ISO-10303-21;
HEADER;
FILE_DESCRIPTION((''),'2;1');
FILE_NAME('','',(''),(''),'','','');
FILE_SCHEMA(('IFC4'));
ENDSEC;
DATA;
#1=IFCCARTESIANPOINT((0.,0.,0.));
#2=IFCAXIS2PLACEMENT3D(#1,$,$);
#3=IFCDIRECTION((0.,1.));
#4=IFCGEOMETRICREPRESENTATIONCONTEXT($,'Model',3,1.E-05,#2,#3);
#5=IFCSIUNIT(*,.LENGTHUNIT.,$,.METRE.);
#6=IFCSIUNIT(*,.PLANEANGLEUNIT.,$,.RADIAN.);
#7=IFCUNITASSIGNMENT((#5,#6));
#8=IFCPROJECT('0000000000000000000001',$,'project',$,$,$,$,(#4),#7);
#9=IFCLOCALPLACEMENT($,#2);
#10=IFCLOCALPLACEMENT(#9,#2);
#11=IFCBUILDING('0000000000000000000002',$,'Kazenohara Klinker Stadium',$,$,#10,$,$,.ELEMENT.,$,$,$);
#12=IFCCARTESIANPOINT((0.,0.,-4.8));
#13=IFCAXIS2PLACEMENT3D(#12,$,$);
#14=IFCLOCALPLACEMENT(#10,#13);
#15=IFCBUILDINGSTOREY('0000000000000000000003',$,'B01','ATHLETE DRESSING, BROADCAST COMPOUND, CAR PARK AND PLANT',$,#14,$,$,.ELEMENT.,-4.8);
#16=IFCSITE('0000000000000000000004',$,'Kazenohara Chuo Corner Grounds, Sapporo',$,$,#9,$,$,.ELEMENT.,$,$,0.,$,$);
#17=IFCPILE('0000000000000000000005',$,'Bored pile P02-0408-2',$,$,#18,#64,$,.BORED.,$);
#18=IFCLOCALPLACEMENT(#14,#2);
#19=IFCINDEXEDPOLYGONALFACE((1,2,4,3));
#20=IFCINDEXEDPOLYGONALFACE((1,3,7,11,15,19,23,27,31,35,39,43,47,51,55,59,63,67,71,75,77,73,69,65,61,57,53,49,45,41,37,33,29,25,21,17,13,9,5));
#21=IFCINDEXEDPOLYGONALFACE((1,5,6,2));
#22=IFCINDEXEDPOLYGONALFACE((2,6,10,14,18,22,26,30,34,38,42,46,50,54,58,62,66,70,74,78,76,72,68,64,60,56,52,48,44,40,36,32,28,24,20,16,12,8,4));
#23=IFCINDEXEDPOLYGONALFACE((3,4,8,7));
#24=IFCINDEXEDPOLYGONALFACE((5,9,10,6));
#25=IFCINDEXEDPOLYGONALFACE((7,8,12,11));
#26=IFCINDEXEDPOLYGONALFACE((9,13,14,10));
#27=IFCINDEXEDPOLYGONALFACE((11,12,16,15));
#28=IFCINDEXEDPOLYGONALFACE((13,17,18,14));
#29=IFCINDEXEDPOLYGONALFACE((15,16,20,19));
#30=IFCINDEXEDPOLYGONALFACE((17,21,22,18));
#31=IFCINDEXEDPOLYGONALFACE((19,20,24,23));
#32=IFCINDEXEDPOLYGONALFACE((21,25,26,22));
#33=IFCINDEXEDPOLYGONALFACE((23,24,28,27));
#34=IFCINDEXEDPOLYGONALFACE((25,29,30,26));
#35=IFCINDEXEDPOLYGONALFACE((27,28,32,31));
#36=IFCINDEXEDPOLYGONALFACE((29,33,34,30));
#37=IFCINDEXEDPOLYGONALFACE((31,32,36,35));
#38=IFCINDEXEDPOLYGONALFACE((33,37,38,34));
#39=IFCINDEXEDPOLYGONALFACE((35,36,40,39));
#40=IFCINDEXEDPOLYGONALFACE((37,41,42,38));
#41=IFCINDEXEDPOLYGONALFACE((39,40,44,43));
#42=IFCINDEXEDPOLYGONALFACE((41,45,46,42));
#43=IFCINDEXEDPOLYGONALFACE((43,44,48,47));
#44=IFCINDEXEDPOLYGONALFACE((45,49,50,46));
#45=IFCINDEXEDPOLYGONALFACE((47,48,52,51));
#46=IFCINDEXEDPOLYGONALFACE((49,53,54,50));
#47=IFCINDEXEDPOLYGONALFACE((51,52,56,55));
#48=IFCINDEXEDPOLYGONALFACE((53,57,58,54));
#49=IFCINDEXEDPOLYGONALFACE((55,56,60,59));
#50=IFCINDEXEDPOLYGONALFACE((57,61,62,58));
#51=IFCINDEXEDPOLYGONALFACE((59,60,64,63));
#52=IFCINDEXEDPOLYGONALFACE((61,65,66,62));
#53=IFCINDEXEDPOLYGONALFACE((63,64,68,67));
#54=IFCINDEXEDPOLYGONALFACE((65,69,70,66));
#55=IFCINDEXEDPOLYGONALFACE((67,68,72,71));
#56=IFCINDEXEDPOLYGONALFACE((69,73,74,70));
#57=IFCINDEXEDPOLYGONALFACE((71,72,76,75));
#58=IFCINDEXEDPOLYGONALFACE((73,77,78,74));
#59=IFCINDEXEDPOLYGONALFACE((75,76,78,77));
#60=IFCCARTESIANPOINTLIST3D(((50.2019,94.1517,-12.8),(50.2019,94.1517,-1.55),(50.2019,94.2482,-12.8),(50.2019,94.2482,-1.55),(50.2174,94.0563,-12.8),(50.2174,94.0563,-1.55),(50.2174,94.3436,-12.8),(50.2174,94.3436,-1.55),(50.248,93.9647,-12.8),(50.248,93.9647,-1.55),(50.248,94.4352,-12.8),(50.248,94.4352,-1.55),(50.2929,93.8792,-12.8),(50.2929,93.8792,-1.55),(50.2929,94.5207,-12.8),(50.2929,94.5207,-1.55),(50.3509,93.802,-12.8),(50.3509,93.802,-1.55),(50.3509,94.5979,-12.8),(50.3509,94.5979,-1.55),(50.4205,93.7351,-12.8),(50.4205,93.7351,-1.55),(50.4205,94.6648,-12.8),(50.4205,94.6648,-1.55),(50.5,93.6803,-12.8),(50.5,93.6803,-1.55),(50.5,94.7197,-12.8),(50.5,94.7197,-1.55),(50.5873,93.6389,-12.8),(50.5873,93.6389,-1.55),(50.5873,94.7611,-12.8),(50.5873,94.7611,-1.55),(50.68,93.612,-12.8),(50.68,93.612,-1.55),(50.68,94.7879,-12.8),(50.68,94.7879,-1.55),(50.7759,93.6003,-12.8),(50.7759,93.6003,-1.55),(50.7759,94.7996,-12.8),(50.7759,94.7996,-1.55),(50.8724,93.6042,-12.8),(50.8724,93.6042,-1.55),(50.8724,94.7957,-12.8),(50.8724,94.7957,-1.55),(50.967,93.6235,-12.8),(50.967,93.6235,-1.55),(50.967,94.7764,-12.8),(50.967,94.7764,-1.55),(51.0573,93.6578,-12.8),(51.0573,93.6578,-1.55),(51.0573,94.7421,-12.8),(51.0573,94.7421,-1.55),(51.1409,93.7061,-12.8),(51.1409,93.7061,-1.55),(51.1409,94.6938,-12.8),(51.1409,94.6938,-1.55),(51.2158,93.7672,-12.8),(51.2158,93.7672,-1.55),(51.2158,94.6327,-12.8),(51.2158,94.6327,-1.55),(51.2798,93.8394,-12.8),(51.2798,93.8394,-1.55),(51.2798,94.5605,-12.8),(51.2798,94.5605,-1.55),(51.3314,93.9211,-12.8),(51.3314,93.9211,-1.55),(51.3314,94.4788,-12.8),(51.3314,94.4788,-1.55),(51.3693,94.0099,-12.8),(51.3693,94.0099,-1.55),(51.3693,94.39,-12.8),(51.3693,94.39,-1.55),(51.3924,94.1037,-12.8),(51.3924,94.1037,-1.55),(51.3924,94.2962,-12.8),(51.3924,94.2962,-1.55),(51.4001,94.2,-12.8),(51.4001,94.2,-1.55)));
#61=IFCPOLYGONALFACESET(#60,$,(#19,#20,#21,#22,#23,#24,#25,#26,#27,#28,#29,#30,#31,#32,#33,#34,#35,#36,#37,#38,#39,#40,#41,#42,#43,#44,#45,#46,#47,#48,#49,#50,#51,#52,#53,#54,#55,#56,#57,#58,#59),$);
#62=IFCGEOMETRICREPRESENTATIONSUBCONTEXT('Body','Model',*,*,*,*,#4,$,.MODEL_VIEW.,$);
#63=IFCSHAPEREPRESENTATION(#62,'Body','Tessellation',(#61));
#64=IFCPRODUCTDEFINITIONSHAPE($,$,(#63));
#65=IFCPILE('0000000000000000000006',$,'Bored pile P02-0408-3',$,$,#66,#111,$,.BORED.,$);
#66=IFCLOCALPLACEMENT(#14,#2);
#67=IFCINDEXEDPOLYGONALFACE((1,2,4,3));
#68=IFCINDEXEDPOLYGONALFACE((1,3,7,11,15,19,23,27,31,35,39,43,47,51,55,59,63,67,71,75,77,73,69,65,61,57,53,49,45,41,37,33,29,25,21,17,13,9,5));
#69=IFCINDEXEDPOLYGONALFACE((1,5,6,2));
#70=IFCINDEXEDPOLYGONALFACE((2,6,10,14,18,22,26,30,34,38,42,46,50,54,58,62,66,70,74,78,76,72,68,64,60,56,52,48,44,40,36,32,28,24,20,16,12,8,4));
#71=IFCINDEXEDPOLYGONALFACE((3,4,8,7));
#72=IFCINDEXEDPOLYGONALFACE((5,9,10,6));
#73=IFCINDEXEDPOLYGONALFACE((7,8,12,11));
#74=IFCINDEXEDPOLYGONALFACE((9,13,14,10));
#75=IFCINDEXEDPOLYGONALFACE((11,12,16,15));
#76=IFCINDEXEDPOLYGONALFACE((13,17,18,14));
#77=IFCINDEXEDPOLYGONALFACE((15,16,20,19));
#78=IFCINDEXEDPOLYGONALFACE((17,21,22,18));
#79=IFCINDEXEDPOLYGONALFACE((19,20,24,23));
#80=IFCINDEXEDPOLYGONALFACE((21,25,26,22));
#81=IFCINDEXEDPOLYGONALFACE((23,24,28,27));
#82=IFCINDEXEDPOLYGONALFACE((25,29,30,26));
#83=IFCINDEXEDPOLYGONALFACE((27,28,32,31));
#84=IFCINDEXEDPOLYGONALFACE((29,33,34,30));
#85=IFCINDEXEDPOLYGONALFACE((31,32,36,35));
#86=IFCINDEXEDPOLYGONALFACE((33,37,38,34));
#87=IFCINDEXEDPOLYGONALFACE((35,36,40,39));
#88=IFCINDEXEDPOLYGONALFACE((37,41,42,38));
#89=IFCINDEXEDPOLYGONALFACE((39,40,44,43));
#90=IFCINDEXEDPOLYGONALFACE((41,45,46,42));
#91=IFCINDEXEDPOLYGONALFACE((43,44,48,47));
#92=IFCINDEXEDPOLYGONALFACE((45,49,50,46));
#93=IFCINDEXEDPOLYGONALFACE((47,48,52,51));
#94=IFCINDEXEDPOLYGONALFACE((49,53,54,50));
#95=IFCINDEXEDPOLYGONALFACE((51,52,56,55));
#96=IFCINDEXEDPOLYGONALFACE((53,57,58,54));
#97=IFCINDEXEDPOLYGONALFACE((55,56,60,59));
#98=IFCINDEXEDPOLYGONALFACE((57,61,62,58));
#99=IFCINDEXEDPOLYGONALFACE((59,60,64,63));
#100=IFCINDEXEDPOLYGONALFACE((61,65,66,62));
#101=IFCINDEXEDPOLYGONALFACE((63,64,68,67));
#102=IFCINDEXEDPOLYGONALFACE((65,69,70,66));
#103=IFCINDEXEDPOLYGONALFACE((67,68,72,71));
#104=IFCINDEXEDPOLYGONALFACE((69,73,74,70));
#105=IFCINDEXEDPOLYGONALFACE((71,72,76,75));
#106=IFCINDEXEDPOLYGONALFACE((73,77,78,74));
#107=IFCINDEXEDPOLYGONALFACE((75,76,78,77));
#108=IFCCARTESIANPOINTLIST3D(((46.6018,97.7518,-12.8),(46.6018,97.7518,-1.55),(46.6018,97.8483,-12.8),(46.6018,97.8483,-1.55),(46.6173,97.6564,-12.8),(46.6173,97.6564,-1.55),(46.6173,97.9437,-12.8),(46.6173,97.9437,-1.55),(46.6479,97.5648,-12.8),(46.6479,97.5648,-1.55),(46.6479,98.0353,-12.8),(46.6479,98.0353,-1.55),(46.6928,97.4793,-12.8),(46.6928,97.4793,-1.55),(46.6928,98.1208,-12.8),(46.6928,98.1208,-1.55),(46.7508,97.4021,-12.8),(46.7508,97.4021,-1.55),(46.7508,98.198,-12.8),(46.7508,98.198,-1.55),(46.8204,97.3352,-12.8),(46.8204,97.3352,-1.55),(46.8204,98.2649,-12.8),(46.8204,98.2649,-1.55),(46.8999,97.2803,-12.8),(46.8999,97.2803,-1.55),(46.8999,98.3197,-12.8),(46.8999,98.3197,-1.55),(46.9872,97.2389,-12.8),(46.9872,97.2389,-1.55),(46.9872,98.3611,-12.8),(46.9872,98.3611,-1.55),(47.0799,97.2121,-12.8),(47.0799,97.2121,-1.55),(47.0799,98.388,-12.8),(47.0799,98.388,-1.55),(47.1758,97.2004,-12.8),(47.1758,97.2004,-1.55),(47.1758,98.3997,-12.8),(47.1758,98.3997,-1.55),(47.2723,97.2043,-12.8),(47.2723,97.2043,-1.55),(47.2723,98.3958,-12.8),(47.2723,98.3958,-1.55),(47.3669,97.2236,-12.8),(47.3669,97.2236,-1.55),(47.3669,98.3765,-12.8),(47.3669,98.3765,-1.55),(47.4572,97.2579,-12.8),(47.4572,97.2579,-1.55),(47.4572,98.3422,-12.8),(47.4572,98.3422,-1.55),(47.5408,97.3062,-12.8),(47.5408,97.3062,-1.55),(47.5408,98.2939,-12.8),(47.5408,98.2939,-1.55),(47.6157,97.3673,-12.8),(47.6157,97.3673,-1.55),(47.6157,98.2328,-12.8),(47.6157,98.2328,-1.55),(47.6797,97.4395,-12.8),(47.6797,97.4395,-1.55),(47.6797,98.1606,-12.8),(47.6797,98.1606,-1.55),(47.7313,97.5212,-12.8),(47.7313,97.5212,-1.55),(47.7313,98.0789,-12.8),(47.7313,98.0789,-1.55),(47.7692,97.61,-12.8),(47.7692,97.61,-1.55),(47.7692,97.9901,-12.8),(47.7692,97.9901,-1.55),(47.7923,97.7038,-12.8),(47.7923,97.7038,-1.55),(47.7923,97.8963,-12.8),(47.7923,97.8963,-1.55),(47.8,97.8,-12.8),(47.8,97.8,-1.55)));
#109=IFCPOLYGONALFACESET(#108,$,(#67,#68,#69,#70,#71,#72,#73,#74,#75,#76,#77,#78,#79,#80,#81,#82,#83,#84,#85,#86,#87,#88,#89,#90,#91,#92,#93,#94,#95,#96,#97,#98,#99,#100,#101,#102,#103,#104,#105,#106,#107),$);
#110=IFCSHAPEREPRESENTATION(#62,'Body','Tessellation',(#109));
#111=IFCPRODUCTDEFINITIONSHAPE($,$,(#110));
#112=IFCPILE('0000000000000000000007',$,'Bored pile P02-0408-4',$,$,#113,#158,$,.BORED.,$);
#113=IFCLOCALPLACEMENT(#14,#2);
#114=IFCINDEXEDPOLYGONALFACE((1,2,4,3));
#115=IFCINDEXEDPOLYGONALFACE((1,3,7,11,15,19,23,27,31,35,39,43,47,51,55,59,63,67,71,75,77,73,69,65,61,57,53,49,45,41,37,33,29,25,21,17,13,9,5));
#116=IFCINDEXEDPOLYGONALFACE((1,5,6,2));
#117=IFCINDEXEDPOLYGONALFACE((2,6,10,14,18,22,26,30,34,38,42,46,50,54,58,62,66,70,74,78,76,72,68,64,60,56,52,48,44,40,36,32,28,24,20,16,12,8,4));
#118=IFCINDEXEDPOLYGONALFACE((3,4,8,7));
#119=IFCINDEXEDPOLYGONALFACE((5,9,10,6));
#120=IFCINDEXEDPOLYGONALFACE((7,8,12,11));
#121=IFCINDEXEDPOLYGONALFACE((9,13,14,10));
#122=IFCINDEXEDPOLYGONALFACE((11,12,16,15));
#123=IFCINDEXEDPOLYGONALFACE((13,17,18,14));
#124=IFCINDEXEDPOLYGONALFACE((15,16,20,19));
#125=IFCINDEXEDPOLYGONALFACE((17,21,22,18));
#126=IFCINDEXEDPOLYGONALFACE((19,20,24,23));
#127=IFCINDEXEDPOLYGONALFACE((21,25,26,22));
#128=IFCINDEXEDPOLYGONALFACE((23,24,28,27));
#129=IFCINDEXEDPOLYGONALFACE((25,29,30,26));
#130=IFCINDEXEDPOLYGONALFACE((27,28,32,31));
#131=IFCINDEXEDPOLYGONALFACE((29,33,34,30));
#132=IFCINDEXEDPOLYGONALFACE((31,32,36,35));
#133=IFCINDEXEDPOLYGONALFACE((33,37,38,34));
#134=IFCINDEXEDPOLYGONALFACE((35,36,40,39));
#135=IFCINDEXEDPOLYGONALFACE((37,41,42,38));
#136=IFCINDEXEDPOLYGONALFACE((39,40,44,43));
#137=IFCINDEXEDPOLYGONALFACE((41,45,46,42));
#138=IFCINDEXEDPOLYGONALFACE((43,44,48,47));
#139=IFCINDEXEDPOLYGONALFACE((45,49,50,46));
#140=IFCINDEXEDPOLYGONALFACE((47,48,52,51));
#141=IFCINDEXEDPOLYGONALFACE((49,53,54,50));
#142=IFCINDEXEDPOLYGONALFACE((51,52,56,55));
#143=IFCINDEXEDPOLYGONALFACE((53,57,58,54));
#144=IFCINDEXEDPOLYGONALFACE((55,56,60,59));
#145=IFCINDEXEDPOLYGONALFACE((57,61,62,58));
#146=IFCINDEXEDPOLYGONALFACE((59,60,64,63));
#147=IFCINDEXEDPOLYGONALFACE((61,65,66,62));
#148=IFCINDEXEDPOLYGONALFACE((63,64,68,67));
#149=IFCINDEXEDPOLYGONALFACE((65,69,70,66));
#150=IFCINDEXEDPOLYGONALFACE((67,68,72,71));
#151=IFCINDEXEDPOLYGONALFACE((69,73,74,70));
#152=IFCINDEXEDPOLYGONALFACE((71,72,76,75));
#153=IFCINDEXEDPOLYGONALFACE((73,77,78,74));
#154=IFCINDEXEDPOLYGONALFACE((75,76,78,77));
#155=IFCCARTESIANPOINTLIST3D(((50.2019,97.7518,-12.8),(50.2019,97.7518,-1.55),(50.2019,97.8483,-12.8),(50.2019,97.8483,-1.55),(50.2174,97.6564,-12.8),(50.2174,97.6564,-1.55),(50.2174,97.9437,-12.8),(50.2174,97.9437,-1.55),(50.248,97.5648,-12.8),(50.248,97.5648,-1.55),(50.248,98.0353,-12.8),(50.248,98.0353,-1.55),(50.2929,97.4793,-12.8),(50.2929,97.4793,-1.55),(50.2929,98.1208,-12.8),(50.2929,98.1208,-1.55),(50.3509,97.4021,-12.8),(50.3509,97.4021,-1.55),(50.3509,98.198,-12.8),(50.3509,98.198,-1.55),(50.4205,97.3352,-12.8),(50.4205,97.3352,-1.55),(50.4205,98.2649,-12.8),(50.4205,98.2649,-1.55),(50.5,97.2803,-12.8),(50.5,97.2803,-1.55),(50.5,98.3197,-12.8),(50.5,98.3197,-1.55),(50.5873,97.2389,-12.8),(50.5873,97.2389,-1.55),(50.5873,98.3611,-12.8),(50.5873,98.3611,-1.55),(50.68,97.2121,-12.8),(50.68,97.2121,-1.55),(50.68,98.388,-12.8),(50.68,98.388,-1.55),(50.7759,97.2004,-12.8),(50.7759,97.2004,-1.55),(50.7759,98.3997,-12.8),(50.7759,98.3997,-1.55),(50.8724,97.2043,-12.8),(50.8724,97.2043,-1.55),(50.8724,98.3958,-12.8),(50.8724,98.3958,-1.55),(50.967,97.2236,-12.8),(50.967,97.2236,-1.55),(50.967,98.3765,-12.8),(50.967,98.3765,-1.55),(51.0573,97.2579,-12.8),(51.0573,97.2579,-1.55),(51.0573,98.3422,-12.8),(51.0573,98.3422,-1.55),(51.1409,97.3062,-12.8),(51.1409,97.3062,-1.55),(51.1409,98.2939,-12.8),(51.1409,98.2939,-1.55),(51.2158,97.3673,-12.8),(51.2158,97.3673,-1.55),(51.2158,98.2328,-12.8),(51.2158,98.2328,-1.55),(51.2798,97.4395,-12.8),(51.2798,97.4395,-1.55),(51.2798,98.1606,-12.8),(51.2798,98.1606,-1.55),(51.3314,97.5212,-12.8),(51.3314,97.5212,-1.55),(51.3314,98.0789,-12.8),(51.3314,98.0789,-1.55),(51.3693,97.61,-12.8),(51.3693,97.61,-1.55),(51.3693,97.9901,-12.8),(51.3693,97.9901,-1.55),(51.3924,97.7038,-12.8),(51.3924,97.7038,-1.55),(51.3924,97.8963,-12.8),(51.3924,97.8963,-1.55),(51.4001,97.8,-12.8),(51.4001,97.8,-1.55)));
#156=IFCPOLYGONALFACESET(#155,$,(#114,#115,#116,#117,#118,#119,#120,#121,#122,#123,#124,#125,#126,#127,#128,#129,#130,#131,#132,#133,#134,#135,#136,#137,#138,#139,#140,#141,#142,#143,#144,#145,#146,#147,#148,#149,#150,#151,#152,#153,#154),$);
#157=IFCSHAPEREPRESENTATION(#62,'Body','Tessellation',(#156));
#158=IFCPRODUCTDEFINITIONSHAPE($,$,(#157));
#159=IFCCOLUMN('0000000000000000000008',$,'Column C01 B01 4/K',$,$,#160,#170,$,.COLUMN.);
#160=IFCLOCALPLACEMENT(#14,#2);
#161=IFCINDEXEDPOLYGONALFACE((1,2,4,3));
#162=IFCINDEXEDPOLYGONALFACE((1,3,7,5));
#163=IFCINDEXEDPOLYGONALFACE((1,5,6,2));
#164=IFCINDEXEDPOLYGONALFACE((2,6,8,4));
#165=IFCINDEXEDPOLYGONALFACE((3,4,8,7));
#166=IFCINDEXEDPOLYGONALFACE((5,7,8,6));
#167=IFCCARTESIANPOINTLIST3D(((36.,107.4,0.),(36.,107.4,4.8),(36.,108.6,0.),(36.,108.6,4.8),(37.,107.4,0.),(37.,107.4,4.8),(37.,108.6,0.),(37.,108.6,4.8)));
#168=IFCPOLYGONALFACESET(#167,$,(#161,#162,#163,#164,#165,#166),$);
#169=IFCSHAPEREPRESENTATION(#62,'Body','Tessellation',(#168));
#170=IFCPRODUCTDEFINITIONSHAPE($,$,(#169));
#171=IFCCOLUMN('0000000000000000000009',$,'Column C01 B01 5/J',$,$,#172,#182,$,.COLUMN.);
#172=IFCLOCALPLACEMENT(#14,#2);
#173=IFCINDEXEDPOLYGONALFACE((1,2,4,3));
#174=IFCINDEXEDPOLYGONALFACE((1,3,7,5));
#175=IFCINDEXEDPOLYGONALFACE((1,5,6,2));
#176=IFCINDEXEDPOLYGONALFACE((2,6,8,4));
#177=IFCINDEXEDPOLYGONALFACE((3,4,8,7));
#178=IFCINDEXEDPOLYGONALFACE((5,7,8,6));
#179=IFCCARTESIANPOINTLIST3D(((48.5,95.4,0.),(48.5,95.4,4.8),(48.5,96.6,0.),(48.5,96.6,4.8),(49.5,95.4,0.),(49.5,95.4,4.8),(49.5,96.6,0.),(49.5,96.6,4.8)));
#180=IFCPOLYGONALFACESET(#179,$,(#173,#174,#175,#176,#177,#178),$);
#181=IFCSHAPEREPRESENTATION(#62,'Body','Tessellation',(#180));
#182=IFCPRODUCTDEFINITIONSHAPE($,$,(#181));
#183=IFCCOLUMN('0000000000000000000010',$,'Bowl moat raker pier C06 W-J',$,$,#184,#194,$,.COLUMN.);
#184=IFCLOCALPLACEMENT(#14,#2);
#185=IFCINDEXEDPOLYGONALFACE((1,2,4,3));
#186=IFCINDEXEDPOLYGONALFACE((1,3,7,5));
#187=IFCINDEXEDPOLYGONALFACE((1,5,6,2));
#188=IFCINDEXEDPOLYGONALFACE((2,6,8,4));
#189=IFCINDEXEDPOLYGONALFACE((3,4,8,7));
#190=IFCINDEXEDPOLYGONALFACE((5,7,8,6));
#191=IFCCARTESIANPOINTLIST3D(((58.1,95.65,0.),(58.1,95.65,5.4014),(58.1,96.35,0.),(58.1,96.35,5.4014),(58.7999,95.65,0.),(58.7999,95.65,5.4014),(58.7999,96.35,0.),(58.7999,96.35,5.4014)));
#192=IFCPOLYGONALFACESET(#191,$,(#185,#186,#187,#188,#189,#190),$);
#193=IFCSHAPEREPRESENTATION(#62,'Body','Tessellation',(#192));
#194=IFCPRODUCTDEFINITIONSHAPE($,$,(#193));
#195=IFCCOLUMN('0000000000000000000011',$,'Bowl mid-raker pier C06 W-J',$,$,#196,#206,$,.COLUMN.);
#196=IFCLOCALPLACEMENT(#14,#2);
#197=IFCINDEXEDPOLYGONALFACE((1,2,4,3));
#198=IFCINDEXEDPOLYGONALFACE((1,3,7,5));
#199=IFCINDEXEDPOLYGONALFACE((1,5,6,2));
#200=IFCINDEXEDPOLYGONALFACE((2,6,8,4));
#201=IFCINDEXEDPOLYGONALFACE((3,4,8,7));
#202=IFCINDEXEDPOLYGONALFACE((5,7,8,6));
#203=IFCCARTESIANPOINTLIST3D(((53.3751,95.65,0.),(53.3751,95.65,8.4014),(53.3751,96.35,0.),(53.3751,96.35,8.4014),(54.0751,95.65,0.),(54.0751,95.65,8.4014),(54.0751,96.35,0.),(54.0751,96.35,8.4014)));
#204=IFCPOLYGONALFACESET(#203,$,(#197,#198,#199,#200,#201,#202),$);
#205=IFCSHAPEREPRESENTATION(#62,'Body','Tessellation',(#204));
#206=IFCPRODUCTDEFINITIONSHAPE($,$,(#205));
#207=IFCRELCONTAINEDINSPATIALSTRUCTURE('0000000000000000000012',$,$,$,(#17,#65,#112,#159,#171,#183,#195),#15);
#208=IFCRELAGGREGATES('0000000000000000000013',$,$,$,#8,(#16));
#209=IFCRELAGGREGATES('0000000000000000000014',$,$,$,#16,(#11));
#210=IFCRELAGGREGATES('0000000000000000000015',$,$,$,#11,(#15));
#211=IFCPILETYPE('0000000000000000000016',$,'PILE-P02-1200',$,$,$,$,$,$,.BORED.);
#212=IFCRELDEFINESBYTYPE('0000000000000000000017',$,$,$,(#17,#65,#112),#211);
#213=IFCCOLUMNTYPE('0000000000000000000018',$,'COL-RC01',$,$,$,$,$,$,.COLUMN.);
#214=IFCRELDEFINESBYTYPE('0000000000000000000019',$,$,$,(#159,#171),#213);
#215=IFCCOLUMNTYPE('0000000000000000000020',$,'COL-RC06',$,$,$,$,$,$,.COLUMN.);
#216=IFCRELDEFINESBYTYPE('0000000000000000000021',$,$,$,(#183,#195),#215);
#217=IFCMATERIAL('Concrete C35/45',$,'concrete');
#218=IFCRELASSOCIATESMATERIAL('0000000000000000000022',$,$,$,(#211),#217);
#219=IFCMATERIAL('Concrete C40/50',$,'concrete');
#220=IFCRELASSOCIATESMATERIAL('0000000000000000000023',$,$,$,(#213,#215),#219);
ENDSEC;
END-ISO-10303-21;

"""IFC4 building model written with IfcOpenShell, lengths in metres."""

from ifc_helpers import new_model, si_unit, direction, frame, origin, origin_2d, place, context, subcontext, project, spatial, rectangle, circle, extrude, material, material_profile, profile_set, type_object, element, save


model = new_model("IFC4")

# Units and contexts
model_context = context("Model", 3, precision=1e-05, world=origin(), true_north=direction((0.0, 1.0)))
body_context = subcontext(model_context, "Body", "Model", "MODEL_VIEW")
ifc_project = project(units=[si_unit("LENGTHUNIT", "METRE"), si_unit("PLANEANGLEUNIT", "RADIAN")], contexts=[model_context])

# Site, building, storey
site_placement = place(None, origin())
site = spatial("IfcSite", under=ifc_project, at=site_placement, Name="Kazenohara Chuo Corner Grounds, Sapporo", CompositionType="ELEMENT", RefElevation=0.0)
building_placement = place(site_placement, origin())
building = spatial("IfcBuilding", under=site, at=building_placement, Name="Kazenohara Klinker Stadium", CompositionType="ELEMENT")
storey_placement = place(building_placement, frame((0.0, 0.0, -4.8)))
storey = spatial("IfcBuildingStorey", under=building, at=storey_placement, Name="B01", Description="ATHLETE DRESSING, BROADCAST COMPOUND, CAR PARK AND PLANT", CompositionType="ELEMENT", Elevation=-4.8)

# Shared definitions
ifc_material_1 = material(Name="Concrete C35/45", Category="concrete")

# Piles
ifc_material_profile_1 = material_profile(ifc_material_1, circle(Radius=0.6001, at=origin_2d()), Name="BORED-PILE-1200")
ifc_profile_set_1 = profile_set([ifc_material_profile_1], Name="Concrete C35/45")
pile_type_1 = type_object("IfcPileType", Name="PILE-P02-1200", PredefinedType="BORED", material=ifc_profile_set_1)
for number, where, z_axis, x_axis, name in (
    (1, (50.8, 94.2, -1.55), (0.0, 0.0, -1.0), (1.0, 0.0, 0.0), "Bored pile P02-0408-2"),
    (2, (47.2, 97.8, -1.55), (0.0, 0.0, -1.0), (1.0, 0.0, 0.0), "Bored pile P02-0408-3"),
    (3, (50.8, 97.8, -1.55), (0.0, 0.0, -1.0), (1.0, 0.0, 0.0), "Bored pile P02-0408-4"),
):
    element("IfcPile", number, at=place(storey_placement, frame(where, z_axis=z_axis, x_axis=x_axis)), inside=storey, type_object=pile_type_1, Name=name, PredefinedType="BORED", context=body_context, shape_type="SweptSolid", body=[
        extrude(circle(Radius=0.6001, at=origin_2d()), origin(), (0.0, 0.0, 1.0), 11.25),
    ])

# Columns
ifc_material_2 = material(Name="Concrete C40/50", Category="concrete")
ifc_material_profile_2 = material_profile(ifc_material_2, rectangle(XDim=1.0, YDim=1.2, at=origin_2d()), Name="RC-COL-1200x1000")
ifc_profile_set_2 = profile_set([ifc_material_profile_2], Name="Concrete C40/50")
column_type_1 = type_object("IfcColumnType", Name="COL-RC01", PredefinedType="COLUMN", material=ifc_profile_set_2)
for number, where, z_axis, x_axis, name in (
    (4, (36.5, 108.0, 0.0), (0.0, 0.0, 1.0), (1.0, 0.0, 0.0), "Column C01 B01 4/K"),
    (5, (49.0, 96.0, 0.0), (0.0, 0.0, 1.0), (1.0, 0.0, 0.0), "Column C01 B01 5/J"),
):
    element("IfcColumn", number, at=place(storey_placement, frame(where, z_axis=z_axis, x_axis=x_axis)), inside=storey, type_object=column_type_1, Name=name, PredefinedType="COLUMN", context=body_context, shape_type="SweptSolid", body=[
        extrude(rectangle(XDim=1.0, YDim=1.2, at=origin_2d()), origin(), (0.0, 0.0, 1.0), 4.8),
    ])
ifc_material_profile_3 = material_profile(ifc_material_2, rectangle(XDim=0.7, YDim=0.7, at=origin_2d()), Name="RC-COL-700x700")
ifc_profile_set_3 = profile_set([ifc_material_profile_3], Name="Concrete C40/50")
column_type_2 = type_object("IfcColumnType", Name="COL-RC06", PredefinedType="COLUMN", material=ifc_profile_set_3)
column_1_placement = place(storey_placement, frame((58.45, 96.0, 0.0), z_axis=(0.0, 0.0, 1.0), x_axis=(1.0, 0.0, 0.0)))
element("IfcColumn", 6, at=column_1_placement, inside=storey, type_object=column_type_2, Name="Bowl moat raker pier C06 W-J", PredefinedType="COLUMN", context=body_context, shape_type="SweptSolid", body=[
    extrude(rectangle(XDim=0.7, YDim=0.7, at=origin_2d()), origin(), (0.0, 0.0, 1.0), 5.4014),
])
column_2_placement = place(storey_placement, frame((53.7251, 96.0, 0.0), z_axis=(0.0, 0.0, 1.0), x_axis=(1.0, 0.0, 0.0)))
element("IfcColumn", 7, at=column_2_placement, inside=storey, type_object=column_type_2, Name="Bowl mid-raker pier C06 W-J", PredefinedType="COLUMN", context=body_context, shape_type="SweptSolid", body=[
    extrude(rectangle(XDim=0.7, YDim=0.7, at=origin_2d()), origin(), (0.0, 0.0, 1.0), 8.4014),
])

save(model, "model.ifc")
